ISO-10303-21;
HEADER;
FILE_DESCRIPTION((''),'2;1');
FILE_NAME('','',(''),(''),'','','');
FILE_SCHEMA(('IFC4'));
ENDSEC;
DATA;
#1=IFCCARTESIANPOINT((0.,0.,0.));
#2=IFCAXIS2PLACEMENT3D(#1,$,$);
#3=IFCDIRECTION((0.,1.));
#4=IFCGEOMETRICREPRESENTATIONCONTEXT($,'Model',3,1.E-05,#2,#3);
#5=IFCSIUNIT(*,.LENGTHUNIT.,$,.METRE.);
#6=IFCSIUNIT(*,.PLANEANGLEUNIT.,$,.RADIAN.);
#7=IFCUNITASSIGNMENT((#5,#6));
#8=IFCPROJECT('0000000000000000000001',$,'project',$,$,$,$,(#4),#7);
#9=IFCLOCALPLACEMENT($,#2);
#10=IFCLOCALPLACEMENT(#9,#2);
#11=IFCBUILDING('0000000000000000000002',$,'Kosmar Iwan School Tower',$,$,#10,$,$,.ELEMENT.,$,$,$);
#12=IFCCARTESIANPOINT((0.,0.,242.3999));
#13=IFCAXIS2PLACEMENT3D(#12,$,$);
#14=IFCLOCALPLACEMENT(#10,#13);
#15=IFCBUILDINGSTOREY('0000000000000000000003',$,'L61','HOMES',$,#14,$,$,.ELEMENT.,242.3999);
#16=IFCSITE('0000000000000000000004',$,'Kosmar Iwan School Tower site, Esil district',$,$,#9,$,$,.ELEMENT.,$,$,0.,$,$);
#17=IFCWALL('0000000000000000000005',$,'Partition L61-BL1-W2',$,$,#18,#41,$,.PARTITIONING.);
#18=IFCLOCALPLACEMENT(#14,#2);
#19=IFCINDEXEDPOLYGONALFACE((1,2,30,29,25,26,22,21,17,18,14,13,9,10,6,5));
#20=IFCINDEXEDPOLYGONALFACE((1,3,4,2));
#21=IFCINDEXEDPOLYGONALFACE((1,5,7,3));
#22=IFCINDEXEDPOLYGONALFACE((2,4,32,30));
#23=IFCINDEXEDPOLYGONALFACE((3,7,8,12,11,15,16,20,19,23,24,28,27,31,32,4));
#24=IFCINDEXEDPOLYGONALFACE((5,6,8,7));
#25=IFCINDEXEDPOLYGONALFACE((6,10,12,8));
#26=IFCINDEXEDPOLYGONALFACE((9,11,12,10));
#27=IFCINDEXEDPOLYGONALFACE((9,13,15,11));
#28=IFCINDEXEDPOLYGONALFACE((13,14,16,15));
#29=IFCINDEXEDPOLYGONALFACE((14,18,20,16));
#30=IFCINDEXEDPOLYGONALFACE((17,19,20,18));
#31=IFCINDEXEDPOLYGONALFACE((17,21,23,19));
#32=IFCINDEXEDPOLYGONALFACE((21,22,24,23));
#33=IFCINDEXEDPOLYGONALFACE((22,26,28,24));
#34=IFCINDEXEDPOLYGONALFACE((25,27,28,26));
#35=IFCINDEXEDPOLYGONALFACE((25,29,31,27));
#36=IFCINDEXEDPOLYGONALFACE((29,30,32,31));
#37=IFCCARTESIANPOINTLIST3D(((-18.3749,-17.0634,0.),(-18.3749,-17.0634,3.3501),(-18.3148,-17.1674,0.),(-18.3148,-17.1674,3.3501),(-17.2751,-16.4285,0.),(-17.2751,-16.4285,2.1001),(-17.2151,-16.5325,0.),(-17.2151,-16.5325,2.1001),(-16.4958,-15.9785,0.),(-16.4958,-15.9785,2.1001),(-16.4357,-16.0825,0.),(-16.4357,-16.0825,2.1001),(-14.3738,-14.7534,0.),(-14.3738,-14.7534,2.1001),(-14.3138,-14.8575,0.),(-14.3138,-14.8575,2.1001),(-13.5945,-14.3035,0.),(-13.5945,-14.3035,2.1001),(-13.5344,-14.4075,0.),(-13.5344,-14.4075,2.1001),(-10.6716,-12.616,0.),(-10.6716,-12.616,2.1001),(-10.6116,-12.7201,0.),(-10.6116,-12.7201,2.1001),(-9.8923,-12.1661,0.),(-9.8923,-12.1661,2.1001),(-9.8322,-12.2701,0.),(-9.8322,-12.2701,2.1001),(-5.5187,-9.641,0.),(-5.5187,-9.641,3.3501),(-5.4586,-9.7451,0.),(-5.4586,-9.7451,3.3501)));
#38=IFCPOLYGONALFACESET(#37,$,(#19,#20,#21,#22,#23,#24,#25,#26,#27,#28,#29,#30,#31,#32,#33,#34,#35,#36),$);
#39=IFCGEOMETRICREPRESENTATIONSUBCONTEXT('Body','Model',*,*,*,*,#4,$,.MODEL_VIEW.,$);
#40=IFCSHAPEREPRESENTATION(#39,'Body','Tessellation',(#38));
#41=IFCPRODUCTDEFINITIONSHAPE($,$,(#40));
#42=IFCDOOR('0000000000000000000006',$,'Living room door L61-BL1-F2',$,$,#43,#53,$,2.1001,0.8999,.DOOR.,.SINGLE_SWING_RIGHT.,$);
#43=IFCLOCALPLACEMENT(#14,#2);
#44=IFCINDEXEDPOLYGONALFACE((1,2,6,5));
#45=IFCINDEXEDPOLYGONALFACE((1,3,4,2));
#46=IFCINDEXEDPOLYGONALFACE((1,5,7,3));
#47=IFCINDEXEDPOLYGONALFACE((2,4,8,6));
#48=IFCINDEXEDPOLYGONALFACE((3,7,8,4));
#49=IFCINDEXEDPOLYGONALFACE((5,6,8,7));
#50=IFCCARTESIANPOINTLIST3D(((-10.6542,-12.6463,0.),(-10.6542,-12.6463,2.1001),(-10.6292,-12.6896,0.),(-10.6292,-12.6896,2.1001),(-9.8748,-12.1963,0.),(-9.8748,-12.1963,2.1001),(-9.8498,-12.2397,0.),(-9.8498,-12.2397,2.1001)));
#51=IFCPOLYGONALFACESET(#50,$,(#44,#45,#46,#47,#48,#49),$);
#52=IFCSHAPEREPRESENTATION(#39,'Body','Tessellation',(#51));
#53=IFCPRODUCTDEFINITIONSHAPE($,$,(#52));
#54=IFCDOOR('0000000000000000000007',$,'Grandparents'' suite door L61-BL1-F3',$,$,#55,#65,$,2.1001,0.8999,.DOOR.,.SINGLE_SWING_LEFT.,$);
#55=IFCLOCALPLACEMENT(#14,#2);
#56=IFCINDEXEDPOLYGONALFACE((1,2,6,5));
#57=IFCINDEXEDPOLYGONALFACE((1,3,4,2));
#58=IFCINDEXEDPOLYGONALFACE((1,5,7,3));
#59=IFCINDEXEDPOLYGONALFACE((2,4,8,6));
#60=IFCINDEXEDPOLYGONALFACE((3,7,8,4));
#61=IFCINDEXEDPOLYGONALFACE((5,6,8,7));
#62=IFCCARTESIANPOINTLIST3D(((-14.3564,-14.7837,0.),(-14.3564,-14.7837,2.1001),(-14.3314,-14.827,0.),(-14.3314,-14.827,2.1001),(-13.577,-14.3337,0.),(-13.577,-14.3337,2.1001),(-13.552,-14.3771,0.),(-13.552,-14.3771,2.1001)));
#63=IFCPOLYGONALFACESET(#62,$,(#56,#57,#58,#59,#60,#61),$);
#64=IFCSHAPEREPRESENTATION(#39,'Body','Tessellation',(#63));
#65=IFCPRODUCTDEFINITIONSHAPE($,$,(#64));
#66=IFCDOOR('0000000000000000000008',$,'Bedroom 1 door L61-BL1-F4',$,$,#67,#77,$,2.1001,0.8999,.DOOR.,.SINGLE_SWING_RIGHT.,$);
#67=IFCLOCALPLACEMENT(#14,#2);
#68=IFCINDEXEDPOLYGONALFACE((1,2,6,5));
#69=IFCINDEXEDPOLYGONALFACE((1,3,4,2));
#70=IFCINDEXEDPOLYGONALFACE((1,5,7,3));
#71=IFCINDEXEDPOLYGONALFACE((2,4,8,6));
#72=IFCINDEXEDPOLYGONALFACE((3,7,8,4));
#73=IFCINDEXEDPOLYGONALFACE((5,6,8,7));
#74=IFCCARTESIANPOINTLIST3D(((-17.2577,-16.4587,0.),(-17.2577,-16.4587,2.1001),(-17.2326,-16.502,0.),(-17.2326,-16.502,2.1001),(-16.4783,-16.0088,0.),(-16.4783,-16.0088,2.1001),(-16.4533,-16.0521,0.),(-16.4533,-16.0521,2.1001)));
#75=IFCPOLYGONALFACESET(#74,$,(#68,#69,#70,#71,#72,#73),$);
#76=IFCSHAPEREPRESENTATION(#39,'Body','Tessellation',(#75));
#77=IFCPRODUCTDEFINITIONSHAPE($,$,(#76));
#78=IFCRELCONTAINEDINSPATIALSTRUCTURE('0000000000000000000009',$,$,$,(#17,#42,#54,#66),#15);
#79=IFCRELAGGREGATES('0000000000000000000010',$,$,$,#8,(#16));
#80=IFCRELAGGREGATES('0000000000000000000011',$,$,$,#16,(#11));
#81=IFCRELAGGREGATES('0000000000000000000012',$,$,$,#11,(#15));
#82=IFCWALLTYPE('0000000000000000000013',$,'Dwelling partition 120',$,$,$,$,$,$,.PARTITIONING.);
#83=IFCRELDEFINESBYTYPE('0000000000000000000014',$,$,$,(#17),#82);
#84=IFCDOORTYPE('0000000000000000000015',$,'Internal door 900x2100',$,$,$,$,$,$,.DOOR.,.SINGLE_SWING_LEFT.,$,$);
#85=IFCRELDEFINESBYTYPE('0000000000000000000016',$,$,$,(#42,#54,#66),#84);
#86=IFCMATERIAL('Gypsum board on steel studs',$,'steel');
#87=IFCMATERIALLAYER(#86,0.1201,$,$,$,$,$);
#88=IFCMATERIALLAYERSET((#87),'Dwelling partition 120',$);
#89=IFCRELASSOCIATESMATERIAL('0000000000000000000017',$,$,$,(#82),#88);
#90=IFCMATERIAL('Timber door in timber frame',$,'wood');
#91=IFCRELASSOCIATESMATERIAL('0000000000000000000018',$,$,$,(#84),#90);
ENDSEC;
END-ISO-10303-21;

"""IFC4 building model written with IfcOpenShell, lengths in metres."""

from ifc_helpers import new_model, si_unit, direction, frame, frame_2d, origin, place, context, subcontext, project, spatial, rectangle, extrude, material, layer, layer_set, type_object, element, fill, save


model = new_model("IFC4")

# Units and contexts
model_context = context("Model", 3, precision=1e-05, world=origin(), true_north=direction((0.0, 1.0)))
body_context = subcontext(model_context, "Body", "Model", "MODEL_VIEW")
ifc_project = project(units=[si_unit("LENGTHUNIT", "METRE"), si_unit("PLANEANGLEUNIT", "RADIAN")], contexts=[model_context])

# Site, building, storey
site_placement = place(None, origin())
site = spatial("IfcSite", under=ifc_project, at=site_placement, Name="Kosmar Iwan School Tower site, Esil district", CompositionType="ELEMENT", RefElevation=0.0)
building_placement = place(site_placement, origin())
building = spatial("IfcBuilding", under=site, at=building_placement, Name="Kosmar Iwan School Tower", CompositionType="ELEMENT")
storey_placement = place(building_placement, frame((0.0, 0.0, 242.3999)))
storey = spatial("IfcBuildingStorey", under=building, at=storey_placement, Name="L61", Description="HOMES", CompositionType="ELEMENT", Elevation=242.3999)

# Wall, openings, doors
ifc_material_1 = material(Name="Gypsum board on steel studs", Category="steel")
ifc_layer_1 = layer(ifc_material_1, 0.1201)
ifc_layer_set_1 = layer_set([ifc_layer_1], Name="Dwelling partition 120")
wall_type_1 = type_object("IfcWallType", Name="Dwelling partition 120", PredefinedType="PARTITIONING", material=ifc_layer_set_1)
ifc_material_2 = material(Name="Timber door in timber frame", Category="wood")
door_type_1 = type_object("IfcDoorType", Name="Internal door 900x2100", OperationType="SINGLE_SWING_LEFT", PredefinedType="DOOR", material=ifc_material_2)
wall_1_placement = place(storey_placement, frame((-5.4888, -9.6931, 0.0), z_axis=(0.0, 0.0, 1.0), x_axis=(-0.86603, -0.499992, 0.0)))
wall_1 = element("IfcWall", 1, at=wall_1_placement, inside=storey, type_object=wall_type_1, Name="Partition L61-BL1-W2", PredefinedType="PARTITIONING", context=body_context, shape_type="SweptSolid", body=[
    extrude(rectangle(XDim=14.845, YDim=0.1201, at=frame_2d((7.4224, 0.0))), origin(), (0.0, 0.0, 1.0), 3.3501),
])
opening_1_placement = place(wall_1_placement, frame((5.05, 0.0, 0.0)))
opening_1 = element("IfcOpeningElement", 2, at=opening_1_placement, cuts=wall_1, PredefinedType="OPENING", context=body_context, shape_type="SweptSolid", body=[
    extrude(rectangle(XDim=0.8999, YDim=2.1001, at=frame_2d((0.45, 1.05))), frame((0.0, 0.072, 0.0), z_axis=(0.0, -1.0, 0.0), x_axis=(1.0, 0.0, 0.0)), (0.0, 0.0, 1.0), 0.144),
])
opening_2_placement = place(wall_1_placement, frame((9.325, 0.0, 0.0)))
opening_2 = element("IfcOpeningElement", 3, at=opening_2_placement, cuts=wall_1, PredefinedType="OPENING", context=body_context, shape_type="SweptSolid", body=[
    extrude(rectangle(XDim=0.8999, YDim=2.1001, at=frame_2d((0.45, 1.05))), frame((0.0, 0.072, 0.0), z_axis=(0.0, -1.0, 0.0), x_axis=(1.0, 0.0, 0.0)), (0.0, 0.0, 1.0), 0.144),
])
opening_3_placement = place(wall_1_placement, frame((12.675, 0.0, 0.0)))
opening_3 = element("IfcOpeningElement", 4, at=opening_3_placement, cuts=wall_1, PredefinedType="OPENING", context=body_context, shape_type="SweptSolid", body=[
    extrude(rectangle(XDim=0.8999, YDim=2.1001, at=frame_2d((0.45, 1.05))), frame((0.0, 0.072, 0.0), z_axis=(0.0, -1.0, 0.0), x_axis=(1.0, 0.0, 0.0)), (0.0, 0.0, 1.0), 0.144),
])
door_1_placement = place(opening_1_placement, origin())
door_1 = element("IfcDoor", 5, at=door_1_placement, inside=storey, type_object=door_type_1, Name="Living room door L61-BL1-F2", OperationType="SINGLE_SWING_RIGHT", OverallHeight=2.1001, OverallWidth=0.8999, PredefinedType="DOOR", context=body_context, shape_type="SweptSolid", body=[
    extrude(rectangle(XDim=0.8999, YDim=2.1001, at=frame_2d((0.45, 1.05))), frame((0.0, 0.0249, 0.0), z_axis=(0.0, -1.0, 0.0), x_axis=(1.0, 0.0, 0.0)), (0.0, 0.0, 1.0), 0.05),
])
fill(opening_1, door_1)
door_2_placement = place(opening_2_placement, origin())
door_2 = element("IfcDoor", 6, at=door_2_placement, inside=storey, type_object=door_type_1, Name="Grandparents' suite door L61-BL1-F3", OperationType="SINGLE_SWING_LEFT", OverallHeight=2.1001, OverallWidth=0.8999, PredefinedType="DOOR", context=body_context, shape_type="SweptSolid", body=[
    extrude(rectangle(XDim=0.8999, YDim=2.1001, at=frame_2d((0.45, 1.05))), frame((0.0, 0.0249, 0.0), z_axis=(0.0, -1.0, 0.0), x_axis=(1.0, 0.0, 0.0)), (0.0, 0.0, 1.0), 0.05),
])
fill(opening_2, door_2)
door_3_placement = place(opening_3_placement, origin())
door_3 = element("IfcDoor", 7, at=door_3_placement, inside=storey, type_object=door_type_1, Name="Bedroom 1 door L61-BL1-F4", OperationType="SINGLE_SWING_RIGHT", OverallHeight=2.1001, OverallWidth=0.8999, PredefinedType="DOOR", context=body_context, shape_type="SweptSolid", body=[
    extrude(rectangle(XDim=0.8999, YDim=2.1001, at=frame_2d((0.45, 1.05))), frame((0.0, 0.0249, 0.0), z_axis=(0.0, -1.0, 0.0), x_axis=(1.0, 0.0, 0.0)), (0.0, 0.0, 1.0), 0.05),
])
fill(opening_3, door_3)

save(model, "model.ifc")
